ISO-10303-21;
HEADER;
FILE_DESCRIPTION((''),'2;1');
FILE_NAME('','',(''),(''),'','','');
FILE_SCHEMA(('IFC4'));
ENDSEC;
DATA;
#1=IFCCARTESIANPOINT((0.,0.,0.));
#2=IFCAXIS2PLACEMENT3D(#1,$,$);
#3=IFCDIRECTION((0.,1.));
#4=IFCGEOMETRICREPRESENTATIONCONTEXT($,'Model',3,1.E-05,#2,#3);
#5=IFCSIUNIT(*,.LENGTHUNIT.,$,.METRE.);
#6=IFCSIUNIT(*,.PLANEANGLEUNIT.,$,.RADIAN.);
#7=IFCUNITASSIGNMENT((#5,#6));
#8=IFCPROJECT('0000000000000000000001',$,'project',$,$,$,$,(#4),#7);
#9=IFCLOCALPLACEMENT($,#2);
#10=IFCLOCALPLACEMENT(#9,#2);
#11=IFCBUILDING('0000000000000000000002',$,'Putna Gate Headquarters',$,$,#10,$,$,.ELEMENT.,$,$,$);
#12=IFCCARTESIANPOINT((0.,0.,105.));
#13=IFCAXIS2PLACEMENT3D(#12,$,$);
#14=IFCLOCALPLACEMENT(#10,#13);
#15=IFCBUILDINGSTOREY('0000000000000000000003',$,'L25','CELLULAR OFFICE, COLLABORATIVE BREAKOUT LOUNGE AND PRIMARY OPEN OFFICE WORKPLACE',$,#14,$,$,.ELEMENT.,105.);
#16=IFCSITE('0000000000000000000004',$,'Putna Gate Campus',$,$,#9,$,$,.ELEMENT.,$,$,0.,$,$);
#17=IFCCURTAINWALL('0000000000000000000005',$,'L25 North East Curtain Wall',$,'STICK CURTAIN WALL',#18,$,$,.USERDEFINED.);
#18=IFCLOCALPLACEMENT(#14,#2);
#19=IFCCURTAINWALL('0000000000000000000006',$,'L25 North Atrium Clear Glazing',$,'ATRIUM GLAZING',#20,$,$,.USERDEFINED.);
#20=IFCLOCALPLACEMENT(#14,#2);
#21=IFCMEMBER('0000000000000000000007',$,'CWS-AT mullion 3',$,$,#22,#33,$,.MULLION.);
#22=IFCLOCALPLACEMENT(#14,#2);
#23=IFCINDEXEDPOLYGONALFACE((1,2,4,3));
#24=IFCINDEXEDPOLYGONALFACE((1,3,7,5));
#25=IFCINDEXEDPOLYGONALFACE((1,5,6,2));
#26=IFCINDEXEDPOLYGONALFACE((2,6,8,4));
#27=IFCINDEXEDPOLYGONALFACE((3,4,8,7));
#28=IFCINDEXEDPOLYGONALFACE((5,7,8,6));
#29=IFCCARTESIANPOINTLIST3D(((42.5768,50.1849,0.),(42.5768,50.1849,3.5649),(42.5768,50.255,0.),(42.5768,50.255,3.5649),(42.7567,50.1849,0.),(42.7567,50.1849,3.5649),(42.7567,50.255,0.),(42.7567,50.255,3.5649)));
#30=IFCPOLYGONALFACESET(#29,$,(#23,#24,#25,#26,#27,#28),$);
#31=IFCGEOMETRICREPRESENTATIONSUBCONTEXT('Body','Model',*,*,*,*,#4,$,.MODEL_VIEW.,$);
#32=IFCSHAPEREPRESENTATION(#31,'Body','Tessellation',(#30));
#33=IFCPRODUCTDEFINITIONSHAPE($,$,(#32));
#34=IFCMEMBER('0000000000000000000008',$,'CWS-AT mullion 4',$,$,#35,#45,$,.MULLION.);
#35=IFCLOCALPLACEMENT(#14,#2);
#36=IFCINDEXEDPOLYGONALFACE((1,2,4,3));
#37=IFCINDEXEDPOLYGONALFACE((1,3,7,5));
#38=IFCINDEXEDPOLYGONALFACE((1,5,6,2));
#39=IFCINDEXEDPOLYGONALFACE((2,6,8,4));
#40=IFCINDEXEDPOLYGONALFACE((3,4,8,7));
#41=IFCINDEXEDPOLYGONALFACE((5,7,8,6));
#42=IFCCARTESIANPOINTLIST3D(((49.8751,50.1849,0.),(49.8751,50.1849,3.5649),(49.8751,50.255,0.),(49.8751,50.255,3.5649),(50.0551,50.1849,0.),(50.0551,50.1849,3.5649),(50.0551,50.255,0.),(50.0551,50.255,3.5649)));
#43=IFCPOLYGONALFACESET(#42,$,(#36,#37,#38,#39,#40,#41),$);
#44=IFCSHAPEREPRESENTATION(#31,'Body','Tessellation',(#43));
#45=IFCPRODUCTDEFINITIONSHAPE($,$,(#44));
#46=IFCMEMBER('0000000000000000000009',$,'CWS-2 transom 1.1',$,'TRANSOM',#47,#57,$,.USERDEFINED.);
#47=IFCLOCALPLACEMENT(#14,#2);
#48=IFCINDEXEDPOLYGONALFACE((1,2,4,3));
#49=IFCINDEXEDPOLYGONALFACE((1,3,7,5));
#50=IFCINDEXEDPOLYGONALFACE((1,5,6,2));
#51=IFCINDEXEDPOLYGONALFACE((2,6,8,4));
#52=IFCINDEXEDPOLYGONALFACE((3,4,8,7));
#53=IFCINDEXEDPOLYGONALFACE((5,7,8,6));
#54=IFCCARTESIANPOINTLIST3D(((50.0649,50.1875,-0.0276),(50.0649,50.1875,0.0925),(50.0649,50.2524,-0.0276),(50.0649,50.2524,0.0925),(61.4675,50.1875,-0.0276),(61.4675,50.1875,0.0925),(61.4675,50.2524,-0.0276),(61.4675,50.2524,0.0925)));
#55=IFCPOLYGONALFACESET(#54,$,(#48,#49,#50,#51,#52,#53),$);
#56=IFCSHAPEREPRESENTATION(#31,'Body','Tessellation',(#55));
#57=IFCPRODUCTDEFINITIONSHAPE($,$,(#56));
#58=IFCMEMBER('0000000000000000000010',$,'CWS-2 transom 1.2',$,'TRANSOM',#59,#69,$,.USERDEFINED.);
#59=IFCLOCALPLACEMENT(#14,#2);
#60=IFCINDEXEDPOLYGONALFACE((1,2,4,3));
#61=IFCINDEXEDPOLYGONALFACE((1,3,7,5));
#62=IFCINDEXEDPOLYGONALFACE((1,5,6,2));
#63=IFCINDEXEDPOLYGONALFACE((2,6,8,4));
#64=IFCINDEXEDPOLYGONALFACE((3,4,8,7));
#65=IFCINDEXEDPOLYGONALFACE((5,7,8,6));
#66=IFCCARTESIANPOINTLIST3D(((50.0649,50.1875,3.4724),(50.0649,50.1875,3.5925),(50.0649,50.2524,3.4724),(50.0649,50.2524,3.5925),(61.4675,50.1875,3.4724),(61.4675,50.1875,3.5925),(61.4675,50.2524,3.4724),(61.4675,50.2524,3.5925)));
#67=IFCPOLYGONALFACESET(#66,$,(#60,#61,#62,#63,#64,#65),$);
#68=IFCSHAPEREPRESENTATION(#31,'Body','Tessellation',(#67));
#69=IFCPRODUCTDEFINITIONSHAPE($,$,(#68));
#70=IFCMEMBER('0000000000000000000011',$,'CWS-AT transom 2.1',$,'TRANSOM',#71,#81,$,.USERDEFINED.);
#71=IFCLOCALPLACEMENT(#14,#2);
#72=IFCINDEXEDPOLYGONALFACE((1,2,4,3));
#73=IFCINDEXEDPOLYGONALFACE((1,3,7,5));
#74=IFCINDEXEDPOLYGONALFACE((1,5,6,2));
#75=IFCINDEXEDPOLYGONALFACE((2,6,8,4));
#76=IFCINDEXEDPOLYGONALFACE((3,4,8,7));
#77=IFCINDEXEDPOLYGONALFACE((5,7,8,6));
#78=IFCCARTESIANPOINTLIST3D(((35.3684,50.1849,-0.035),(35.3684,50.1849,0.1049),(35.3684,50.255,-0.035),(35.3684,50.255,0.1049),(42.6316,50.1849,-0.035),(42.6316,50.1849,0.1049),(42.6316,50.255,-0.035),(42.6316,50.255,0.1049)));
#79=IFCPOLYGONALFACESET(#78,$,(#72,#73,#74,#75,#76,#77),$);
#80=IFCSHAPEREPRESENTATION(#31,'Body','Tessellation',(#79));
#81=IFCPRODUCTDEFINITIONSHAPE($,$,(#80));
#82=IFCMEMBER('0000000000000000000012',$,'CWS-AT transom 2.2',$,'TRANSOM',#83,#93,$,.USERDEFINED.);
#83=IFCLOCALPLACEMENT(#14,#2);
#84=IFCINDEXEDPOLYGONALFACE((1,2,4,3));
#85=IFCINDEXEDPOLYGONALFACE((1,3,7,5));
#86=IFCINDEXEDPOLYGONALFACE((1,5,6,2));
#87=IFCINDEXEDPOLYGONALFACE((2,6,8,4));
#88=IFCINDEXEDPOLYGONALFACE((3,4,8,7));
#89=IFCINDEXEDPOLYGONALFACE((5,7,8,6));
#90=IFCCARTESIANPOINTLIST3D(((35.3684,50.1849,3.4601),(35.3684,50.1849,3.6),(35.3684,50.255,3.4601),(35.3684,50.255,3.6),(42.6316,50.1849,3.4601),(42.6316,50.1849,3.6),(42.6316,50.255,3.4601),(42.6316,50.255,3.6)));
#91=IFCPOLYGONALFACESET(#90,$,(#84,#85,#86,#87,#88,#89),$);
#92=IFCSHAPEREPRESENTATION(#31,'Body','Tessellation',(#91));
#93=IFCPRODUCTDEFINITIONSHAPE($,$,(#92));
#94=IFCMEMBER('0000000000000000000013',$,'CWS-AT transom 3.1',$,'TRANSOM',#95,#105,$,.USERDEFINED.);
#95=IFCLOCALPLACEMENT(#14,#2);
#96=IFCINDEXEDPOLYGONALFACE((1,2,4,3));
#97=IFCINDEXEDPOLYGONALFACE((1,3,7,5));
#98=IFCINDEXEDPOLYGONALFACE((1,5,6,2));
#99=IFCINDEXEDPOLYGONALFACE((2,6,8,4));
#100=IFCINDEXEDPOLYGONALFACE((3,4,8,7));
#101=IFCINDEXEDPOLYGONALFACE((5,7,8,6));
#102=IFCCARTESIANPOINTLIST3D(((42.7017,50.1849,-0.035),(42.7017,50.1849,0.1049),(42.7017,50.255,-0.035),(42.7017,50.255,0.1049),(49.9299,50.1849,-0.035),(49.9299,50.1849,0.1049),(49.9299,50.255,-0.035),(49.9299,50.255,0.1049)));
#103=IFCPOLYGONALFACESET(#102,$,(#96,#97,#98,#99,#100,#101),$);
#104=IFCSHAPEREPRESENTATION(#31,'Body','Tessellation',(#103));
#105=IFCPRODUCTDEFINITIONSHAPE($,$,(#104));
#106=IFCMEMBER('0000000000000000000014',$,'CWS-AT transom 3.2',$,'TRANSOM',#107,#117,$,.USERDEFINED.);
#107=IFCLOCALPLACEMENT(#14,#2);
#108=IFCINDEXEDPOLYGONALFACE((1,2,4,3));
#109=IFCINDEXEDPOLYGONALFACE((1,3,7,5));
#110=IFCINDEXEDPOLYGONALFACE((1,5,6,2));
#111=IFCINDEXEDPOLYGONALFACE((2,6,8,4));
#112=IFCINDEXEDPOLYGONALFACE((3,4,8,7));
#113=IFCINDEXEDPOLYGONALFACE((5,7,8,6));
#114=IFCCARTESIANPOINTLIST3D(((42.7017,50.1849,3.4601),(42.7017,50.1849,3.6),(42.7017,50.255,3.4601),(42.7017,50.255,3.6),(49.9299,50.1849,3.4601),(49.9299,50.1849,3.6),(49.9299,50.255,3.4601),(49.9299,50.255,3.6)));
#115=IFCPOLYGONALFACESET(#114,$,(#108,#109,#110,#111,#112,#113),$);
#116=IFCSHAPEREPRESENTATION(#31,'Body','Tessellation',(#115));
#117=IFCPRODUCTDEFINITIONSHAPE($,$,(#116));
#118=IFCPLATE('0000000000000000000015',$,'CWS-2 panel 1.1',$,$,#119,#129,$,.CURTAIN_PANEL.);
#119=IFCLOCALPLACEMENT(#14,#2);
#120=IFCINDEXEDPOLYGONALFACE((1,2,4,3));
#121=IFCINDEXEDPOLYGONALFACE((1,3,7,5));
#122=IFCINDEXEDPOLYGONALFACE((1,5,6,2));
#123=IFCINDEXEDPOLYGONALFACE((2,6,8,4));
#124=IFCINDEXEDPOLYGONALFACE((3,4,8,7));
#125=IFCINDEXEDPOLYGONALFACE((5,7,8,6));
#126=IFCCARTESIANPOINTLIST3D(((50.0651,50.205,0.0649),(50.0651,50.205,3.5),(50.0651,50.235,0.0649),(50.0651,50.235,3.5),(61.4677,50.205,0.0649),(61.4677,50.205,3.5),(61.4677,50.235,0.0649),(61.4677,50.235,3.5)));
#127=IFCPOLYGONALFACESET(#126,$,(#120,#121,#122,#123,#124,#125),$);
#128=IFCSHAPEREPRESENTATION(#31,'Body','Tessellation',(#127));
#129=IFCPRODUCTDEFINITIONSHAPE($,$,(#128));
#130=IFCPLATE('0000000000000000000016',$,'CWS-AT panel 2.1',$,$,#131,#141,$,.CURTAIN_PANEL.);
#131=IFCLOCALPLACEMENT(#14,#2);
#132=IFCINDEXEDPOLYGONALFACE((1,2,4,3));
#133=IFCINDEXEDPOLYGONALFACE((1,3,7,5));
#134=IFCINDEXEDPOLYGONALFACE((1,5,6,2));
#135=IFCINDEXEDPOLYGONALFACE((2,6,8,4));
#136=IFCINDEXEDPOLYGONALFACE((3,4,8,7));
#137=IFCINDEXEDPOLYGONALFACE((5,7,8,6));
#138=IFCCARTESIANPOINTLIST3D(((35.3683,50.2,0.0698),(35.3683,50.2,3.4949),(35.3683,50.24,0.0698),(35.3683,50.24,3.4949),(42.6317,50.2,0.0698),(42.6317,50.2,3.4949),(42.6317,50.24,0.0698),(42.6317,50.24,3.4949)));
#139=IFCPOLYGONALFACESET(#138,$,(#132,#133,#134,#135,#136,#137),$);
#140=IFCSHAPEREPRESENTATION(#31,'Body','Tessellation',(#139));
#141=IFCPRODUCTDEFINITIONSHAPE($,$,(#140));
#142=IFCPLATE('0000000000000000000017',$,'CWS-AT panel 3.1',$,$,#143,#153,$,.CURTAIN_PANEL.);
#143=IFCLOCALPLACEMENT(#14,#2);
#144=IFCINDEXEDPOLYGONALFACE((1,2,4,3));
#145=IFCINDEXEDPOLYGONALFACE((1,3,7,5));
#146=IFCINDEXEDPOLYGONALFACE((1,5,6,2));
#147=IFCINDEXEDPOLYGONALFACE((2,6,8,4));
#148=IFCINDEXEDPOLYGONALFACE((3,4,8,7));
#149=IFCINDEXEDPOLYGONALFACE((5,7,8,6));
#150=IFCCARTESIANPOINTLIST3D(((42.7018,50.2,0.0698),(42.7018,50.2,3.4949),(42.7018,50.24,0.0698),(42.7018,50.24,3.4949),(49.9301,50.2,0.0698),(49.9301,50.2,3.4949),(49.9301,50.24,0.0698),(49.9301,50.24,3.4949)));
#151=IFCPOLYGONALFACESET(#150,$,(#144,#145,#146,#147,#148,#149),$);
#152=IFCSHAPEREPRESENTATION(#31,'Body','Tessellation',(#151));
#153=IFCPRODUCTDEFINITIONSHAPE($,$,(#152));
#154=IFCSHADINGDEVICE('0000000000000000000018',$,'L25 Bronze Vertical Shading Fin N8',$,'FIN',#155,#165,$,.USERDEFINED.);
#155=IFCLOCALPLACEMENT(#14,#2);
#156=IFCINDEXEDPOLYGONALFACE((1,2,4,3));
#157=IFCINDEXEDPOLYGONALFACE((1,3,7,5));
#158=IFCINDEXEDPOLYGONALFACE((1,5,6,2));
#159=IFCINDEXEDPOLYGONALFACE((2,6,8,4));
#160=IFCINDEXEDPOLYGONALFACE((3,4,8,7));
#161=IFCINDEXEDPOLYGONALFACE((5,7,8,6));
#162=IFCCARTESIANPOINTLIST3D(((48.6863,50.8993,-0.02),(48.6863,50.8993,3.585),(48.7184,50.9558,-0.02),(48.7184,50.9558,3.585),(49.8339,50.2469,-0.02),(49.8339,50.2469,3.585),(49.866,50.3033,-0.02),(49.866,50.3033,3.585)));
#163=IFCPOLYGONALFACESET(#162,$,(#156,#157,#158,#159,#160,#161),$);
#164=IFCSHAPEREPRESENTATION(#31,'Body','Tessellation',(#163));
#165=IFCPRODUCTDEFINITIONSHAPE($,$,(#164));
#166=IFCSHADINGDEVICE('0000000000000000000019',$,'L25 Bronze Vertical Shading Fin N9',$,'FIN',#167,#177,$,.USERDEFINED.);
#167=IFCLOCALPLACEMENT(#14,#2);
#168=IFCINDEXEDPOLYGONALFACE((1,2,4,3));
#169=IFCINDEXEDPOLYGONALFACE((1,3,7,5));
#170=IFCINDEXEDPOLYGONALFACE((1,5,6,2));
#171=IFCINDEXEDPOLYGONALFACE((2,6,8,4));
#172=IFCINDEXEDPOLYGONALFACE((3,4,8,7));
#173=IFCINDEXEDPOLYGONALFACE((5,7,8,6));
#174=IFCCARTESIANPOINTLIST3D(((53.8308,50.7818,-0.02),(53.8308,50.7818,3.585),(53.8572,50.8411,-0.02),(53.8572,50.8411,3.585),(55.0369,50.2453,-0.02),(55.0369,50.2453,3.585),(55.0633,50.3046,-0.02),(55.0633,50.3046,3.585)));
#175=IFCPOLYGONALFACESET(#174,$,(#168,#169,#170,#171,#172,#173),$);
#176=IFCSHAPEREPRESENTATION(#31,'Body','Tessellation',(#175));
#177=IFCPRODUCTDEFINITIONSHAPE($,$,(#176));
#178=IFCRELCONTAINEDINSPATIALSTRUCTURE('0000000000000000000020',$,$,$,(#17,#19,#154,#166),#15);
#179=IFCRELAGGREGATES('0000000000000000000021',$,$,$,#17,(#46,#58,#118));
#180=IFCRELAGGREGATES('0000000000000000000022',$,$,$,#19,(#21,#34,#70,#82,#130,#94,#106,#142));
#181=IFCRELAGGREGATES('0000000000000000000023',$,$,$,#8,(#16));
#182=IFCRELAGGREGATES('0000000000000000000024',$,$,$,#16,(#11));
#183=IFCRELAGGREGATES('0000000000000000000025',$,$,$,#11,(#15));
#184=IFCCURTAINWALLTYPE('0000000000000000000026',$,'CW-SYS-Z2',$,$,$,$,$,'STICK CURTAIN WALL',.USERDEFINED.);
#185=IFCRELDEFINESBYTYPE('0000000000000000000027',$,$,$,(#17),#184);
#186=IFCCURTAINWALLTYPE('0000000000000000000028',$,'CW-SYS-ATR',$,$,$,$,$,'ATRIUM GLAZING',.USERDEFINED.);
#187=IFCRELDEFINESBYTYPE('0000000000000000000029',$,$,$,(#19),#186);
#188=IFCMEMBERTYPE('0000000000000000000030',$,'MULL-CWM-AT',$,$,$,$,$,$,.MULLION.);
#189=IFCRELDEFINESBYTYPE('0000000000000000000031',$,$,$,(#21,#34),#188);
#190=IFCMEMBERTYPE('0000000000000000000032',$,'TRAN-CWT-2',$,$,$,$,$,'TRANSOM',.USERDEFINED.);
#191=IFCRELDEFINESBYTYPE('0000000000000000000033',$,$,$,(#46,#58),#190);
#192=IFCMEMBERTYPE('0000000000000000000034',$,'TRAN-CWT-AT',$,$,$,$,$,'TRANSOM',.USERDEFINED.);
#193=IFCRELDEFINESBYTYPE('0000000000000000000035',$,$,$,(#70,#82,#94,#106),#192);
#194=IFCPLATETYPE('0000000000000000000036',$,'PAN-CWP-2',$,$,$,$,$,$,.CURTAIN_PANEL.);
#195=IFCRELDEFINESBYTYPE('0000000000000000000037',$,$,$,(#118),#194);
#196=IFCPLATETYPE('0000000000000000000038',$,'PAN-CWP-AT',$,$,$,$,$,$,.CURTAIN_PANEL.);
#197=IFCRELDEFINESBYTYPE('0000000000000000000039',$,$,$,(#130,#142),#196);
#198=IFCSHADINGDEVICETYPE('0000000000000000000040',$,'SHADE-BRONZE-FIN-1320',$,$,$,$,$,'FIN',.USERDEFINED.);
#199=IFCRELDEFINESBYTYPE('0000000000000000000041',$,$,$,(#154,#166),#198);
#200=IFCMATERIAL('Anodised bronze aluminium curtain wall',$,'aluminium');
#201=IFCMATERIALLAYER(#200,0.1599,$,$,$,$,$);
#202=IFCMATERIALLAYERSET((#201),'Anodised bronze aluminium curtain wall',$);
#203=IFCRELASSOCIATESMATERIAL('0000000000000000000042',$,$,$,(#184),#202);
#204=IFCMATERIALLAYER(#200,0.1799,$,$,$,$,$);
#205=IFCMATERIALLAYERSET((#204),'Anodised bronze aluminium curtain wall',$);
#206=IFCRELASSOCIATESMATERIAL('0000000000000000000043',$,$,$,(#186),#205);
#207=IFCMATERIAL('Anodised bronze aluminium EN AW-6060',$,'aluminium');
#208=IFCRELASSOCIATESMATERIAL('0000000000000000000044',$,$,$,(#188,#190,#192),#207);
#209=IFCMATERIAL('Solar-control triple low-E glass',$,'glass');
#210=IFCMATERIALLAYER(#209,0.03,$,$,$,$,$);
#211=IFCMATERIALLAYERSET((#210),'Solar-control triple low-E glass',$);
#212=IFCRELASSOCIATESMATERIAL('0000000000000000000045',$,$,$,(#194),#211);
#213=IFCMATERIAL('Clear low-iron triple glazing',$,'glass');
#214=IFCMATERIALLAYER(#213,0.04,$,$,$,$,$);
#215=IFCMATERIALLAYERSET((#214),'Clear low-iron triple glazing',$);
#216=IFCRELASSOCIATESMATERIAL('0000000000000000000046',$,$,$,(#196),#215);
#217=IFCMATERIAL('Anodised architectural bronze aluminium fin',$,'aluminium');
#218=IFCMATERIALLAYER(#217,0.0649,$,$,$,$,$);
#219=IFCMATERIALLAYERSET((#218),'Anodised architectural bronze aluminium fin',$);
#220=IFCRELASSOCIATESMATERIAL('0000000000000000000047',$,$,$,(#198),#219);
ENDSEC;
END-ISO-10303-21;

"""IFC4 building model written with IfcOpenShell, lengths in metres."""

from ifc_helpers import new_model, si_unit, direction, frame, origin, origin_2d, place, context, subcontext, project, spatial, rectangle, extrude, material, layer, layer_set, material_profile, profile_set, type_object, element, aggregate, save


model = new_model("IFC4")

# Units and contexts
model_context = context("Model", 3, precision=1e-05, world=origin(), true_north=direction((0.0, 1.0)))
body_context = subcontext(model_context, "Body", "Model", "MODEL_VIEW")
ifc_project = project(units=[si_unit("LENGTHUNIT", "METRE"), si_unit("PLANEANGLEUNIT", "RADIAN")], contexts=[model_context])

# Site, building, storey
site_placement = place(None, origin())
site = spatial("IfcSite", under=ifc_project, at=site_placement, Name="Putna Gate Campus", CompositionType="ELEMENT", RefElevation=0.0)
building_placement = place(site_placement, origin())
building = spatial("IfcBuilding", under=site, at=building_placement, Name="Putna Gate Headquarters", CompositionType="ELEMENT")
storey_placement = place(building_placement, frame((0.0, 0.0, 105.0)))
storey = spatial("IfcBuildingStorey", under=building, at=storey_placement, Name="L25", Description="CELLULAR OFFICE, COLLABORATIVE BREAKOUT LOUNGE AND PRIMARY OPEN OFFICE WORKPLACE", CompositionType="ELEMENT", Elevation=105.0)

# Curtain wall
ifc_material_1 = material(Name="Anodised bronze aluminium curtain wall", Category="aluminium")
ifc_layer_1 = layer(ifc_material_1, 0.1599)
ifc_layer_set_1 = layer_set([ifc_layer_1], Name="Anodised bronze aluminium curtain wall")
curtain_wall_type_1 = type_object("IfcCurtainWallType", Name="CW-SYS-Z2", ElementType="STICK CURTAIN WALL", PredefinedType="USERDEFINED", material=ifc_layer_set_1)
curtain_wall_1_placement = place(storey_placement, origin())
curtain_wall_1 = element("IfcCurtainWall", 1, at=curtain_wall_1_placement, inside=storey, type_object=curtain_wall_type_1, Name="L25 North East Curtain Wall", ObjectType="STICK CURTAIN WALL", PredefinedType="USERDEFINED")
ifc_material_2 = material(Name="Anodised bronze aluminium EN AW-6060", Category="aluminium")

# Curtain wall, members
ifc_layer_2 = layer(ifc_material_1, 0.1799)
ifc_layer_set_2 = layer_set([ifc_layer_2], Name="Anodised bronze aluminium curtain wall")
curtain_wall_type_2 = type_object("IfcCurtainWallType", Name="CW-SYS-ATR", ElementType="ATRIUM GLAZING", PredefinedType="USERDEFINED", material=ifc_layer_set_2)
curtain_wall_2_placement = place(storey_placement, origin())
curtain_wall_2 = element("IfcCurtainWall", 2, at=curtain_wall_2_placement, inside=storey, type_object=curtain_wall_type_2, Name="L25 North Atrium Clear Glazing", ObjectType="ATRIUM GLAZING", PredefinedType="USERDEFINED")
ifc_material_profile_1 = material_profile(ifc_material_2, rectangle(XDim=0.0701, YDim=0.1799, at=origin_2d()), Name="Anodised bronze aluminium EN AW-6060")
ifc_profile_set_1 = profile_set([ifc_material_profile_1], Name="Anodised bronze aluminium EN AW-6060")
member_type_1 = type_object("IfcMemberType", Name="MULL-CWM-AT", PredefinedType="MULLION", material=ifc_profile_set_1)
member_1_placement = place(storey_placement, frame((42.6667, 50.22, 0.0), z_axis=(0.0, 0.0, 1.0), x_axis=(0.0, 1.0, 0.0)))
member_1 = element("IfcMember", 3, at=member_1_placement, type_object=member_type_1, Name="CWS-AT mullion 3", PredefinedType="MULLION", context=body_context, shape_type="SweptSolid", body=[
    extrude(rectangle(XDim=0.0701, YDim=0.1799, at=origin_2d()), origin(), (0.0, 0.0, 1.0), 3.5649),
])
member_2_placement = place(storey_placement, frame((49.9651, 50.22, 0.0), z_axis=(0.0, 0.0, 1.0), x_axis=(0.0, 1.0, 0.0)))
member_2 = element("IfcMember", 4, at=member_2_placement, type_object=member_type_1, Name="CWS-AT mullion 4", PredefinedType="MULLION", context=body_context, shape_type="SweptSolid", body=[
    extrude(rectangle(XDim=0.0701, YDim=0.1799, at=origin_2d()), origin(), (0.0, 0.0, 1.0), 3.5649),
])

# Members
ifc_material_profile_2 = material_profile(ifc_material_2, rectangle(XDim=0.0649, YDim=0.1201, at=origin_2d()), Name="Anodised bronze aluminium EN AW-6060")
ifc_profile_set_2 = profile_set([ifc_material_profile_2], Name="Anodised bronze aluminium EN AW-6060")
member_type_2 = type_object("IfcMemberType", Name="TRAN-CWT-2", ElementType="TRANSOM", PredefinedType="USERDEFINED", material=ifc_profile_set_2)
member_3_placement = place(storey_placement, frame((50.0649, 50.22, 0.0325), z_axis=(1.0, 0.0, 0.0), x_axis=(0.0, 1.0, 0.0)))
member_3 = element("IfcMember", 5, at=member_3_placement, type_object=member_type_2, Name="CWS-2 transom 1.1", ObjectType="TRANSOM", PredefinedType="USERDEFINED", context=body_context, shape_type="SweptSolid", body=[
    extrude(rectangle(XDim=0.0649, YDim=0.1201, at=origin_2d()), origin(), (0.0, 0.0, 1.0), 11.4026),
])
member_4_placement = place(storey_placement, frame((50.0649, 50.22, 3.5325), z_axis=(1.0, 0.0, 0.0), x_axis=(0.0, 1.0, 0.0)))
member_4 = element("IfcMember", 6, at=member_4_placement, type_object=member_type_2, Name="CWS-2 transom 1.2", ObjectType="TRANSOM", PredefinedType="USERDEFINED", context=body_context, shape_type="SweptSolid", body=[
    extrude(rectangle(XDim=0.0649, YDim=0.1201, at=origin_2d()), origin(), (0.0, 0.0, 1.0), 11.4026),
])
ifc_material_profile_3 = material_profile(ifc_material_2, rectangle(XDim=0.0701, YDim=0.1399, at=origin_2d()), Name="Anodised bronze aluminium EN AW-6060")
ifc_profile_set_3 = profile_set([ifc_material_profile_3], Name="Anodised bronze aluminium EN AW-6060")
member_type_3 = type_object("IfcMemberType", Name="TRAN-CWT-AT", ElementType="TRANSOM", PredefinedType="USERDEFINED", material=ifc_profile_set_3)
member_5_placement = place(storey_placement, frame((35.3684, 50.22, 0.0349), z_axis=(1.0, 0.0, 0.0), x_axis=(0.0, 1.0, 0.0)))
member_5 = element("IfcMember", 7, at=member_5_placement, type_object=member_type_3, Name="CWS-AT transom 2.1", ObjectType="TRANSOM", PredefinedType="USERDEFINED", context=body_context, shape_type="SweptSolid", body=[
    extrude(rectangle(XDim=0.0701, YDim=0.1399, at=origin_2d()), origin(), (0.0, 0.0, 1.0), 7.2632),
])
member_6_placement = place(storey_placement, frame((35.3684, 50.22, 3.53), z_axis=(1.0, 0.0, 0.0), x_axis=(0.0, 1.0, 0.0)))
member_6 = element("IfcMember", 8, at=member_6_placement, type_object=member_type_3, Name="CWS-AT transom 2.2", ObjectType="TRANSOM", PredefinedType="USERDEFINED", context=body_context, shape_type="SweptSolid", body=[
    extrude(rectangle(XDim=0.0701, YDim=0.1399, at=origin_2d()), origin(), (0.0, 0.0, 1.0), 7.2632),
])
member_7_placement = place(storey_placement, frame((42.7017, 50.22, 0.0349), z_axis=(1.0, 0.0, 0.0), x_axis=(0.0, 1.0, 0.0)))
member_7 = element("IfcMember", 9, at=member_7_placement, type_object=member_type_3, Name="CWS-AT transom 3.1", ObjectType="TRANSOM", PredefinedType="USERDEFINED", context=body_context, shape_type="SweptSolid", body=[
    extrude(rectangle(XDim=0.0701, YDim=0.1399, at=origin_2d()), origin(), (0.0, 0.0, 1.0), 7.2283),
])
member_8_placement = place(storey_placement, frame((42.7017, 50.22, 3.53), z_axis=(1.0, 0.0, 0.0), x_axis=(0.0, 1.0, 0.0)))
member_8 = element("IfcMember", 10, at=member_8_placement, type_object=member_type_3, Name="CWS-AT transom 3.2", ObjectType="TRANSOM", PredefinedType="USERDEFINED", context=body_context, shape_type="SweptSolid", body=[
    extrude(rectangle(XDim=0.0701, YDim=0.1399, at=origin_2d()), origin(), (0.0, 0.0, 1.0), 7.2283),
])

# Plates
ifc_material_3 = material(Name="Solar-control triple low-E glass", Category="glass")
ifc_layer_3 = layer(ifc_material_3, 0.03)
ifc_layer_set_3 = layer_set([ifc_layer_3], Name="Solar-control triple low-E glass")
plate_type_1 = type_object("IfcPlateType", Name="PAN-CWP-2", PredefinedType="CURTAIN_PANEL", material=ifc_layer_set_3)
plate_1_placement = place(storey_placement, frame((55.7664, 50.22, 0.0649), z_axis=(0.0, 0.0, 1.0), x_axis=(1.0, 0.0, 0.0)))
plate_1 = element("IfcPlate", 11, at=plate_1_placement, type_object=plate_type_1, Name="CWS-2 panel 1.1", PredefinedType="CURTAIN_PANEL", context=body_context, shape_type="SweptSolid", body=[
    extrude(rectangle(XDim=11.4026, YDim=0.03, at=origin_2d()), origin(), (0.0, 0.0, 1.0), 3.4351),
])
aggregate(curtain_wall_1, [member_3, member_4, plate_1])
ifc_material_4 = material(Name="Clear low-iron triple glazing", Category="glass")
ifc_layer_4 = layer(ifc_material_4, 0.04)
ifc_layer_set_4 = layer_set([ifc_layer_4], Name="Clear low-iron triple glazing")
plate_type_2 = type_object("IfcPlateType", Name="PAN-CWP-AT", PredefinedType="CURTAIN_PANEL", material=ifc_layer_set_4)
plate_2_placement = place(storey_placement, frame((39.0, 50.22, 0.0698), z_axis=(0.0, 0.0, 1.0), x_axis=(1.0, 0.0, 0.0)))
plate_2 = element("IfcPlate", 12, at=plate_2_placement, type_object=plate_type_2, Name="CWS-AT panel 2.1", PredefinedType="CURTAIN_PANEL", context=body_context, shape_type="SweptSolid", body=[
    extrude(rectangle(XDim=7.2634, YDim=0.04, at=origin_2d()), origin(), (0.0, 0.0, 1.0), 3.425),
])
plate_3_placement = place(storey_placement, frame((46.3159, 50.22, 0.0698), z_axis=(0.0, 0.0, 1.0), x_axis=(1.0, 0.0, 0.0)))
plate_3 = element("IfcPlate", 13, at=plate_3_placement, type_object=plate_type_2, Name="CWS-AT panel 3.1", PredefinedType="CURTAIN_PANEL", context=body_context, shape_type="SweptSolid", body=[
    extrude(rectangle(XDim=7.2283, YDim=0.04, at=origin_2d()), origin(), (0.0, 0.0, 1.0), 3.425),
])
aggregate(curtain_wall_2, [member_1, member_2, member_5, member_6, plate_2, member_7, member_8, plate_3])

# Shading devices
ifc_material_5 = material(Name="Anodised architectural bronze aluminium fin", Category="aluminium")
ifc_layer_5 = layer(ifc_material_5, 0.0649)
ifc_layer_set_5 = layer_set([ifc_layer_5], Name="Anodised architectural bronze aluminium fin")
shading_device_type = type_object("IfcShadingDeviceType", Name="SHADE-BRONZE-FIN-1320", ElementType="FIN", PredefinedType="USERDEFINED", material=ifc_layer_set_5)
for number, where, z_axis, x_axis, name in (
    (14, (49.2761, 50.6013, -0.02), (0.0, 0.0, 1.0), (-0.869322, 0.494245, 0.0), "L25 Bronze Vertical Shading Fin N8"),
    (15, (54.447, 50.5432, -0.02), (0.0, 0.0, 1.0), (-0.913687, 0.406418, 0.0), "L25 Bronze Vertical Shading Fin N9"),
):
    element("IfcShadingDevice", number, at=place(storey_placement, frame(where, z_axis=z_axis, x_axis=x_axis)), inside=storey, type_object=shading_device_type, Name=name, ObjectType="FIN", PredefinedType="USERDEFINED", context=body_context, shape_type="SweptSolid", body=[
        extrude(rectangle(XDim=1.3201, YDim=0.0649, at=origin_2d()), origin(), (0.0, 0.0, 1.0), 3.605),
    ])

save(model, "model.ifc")
